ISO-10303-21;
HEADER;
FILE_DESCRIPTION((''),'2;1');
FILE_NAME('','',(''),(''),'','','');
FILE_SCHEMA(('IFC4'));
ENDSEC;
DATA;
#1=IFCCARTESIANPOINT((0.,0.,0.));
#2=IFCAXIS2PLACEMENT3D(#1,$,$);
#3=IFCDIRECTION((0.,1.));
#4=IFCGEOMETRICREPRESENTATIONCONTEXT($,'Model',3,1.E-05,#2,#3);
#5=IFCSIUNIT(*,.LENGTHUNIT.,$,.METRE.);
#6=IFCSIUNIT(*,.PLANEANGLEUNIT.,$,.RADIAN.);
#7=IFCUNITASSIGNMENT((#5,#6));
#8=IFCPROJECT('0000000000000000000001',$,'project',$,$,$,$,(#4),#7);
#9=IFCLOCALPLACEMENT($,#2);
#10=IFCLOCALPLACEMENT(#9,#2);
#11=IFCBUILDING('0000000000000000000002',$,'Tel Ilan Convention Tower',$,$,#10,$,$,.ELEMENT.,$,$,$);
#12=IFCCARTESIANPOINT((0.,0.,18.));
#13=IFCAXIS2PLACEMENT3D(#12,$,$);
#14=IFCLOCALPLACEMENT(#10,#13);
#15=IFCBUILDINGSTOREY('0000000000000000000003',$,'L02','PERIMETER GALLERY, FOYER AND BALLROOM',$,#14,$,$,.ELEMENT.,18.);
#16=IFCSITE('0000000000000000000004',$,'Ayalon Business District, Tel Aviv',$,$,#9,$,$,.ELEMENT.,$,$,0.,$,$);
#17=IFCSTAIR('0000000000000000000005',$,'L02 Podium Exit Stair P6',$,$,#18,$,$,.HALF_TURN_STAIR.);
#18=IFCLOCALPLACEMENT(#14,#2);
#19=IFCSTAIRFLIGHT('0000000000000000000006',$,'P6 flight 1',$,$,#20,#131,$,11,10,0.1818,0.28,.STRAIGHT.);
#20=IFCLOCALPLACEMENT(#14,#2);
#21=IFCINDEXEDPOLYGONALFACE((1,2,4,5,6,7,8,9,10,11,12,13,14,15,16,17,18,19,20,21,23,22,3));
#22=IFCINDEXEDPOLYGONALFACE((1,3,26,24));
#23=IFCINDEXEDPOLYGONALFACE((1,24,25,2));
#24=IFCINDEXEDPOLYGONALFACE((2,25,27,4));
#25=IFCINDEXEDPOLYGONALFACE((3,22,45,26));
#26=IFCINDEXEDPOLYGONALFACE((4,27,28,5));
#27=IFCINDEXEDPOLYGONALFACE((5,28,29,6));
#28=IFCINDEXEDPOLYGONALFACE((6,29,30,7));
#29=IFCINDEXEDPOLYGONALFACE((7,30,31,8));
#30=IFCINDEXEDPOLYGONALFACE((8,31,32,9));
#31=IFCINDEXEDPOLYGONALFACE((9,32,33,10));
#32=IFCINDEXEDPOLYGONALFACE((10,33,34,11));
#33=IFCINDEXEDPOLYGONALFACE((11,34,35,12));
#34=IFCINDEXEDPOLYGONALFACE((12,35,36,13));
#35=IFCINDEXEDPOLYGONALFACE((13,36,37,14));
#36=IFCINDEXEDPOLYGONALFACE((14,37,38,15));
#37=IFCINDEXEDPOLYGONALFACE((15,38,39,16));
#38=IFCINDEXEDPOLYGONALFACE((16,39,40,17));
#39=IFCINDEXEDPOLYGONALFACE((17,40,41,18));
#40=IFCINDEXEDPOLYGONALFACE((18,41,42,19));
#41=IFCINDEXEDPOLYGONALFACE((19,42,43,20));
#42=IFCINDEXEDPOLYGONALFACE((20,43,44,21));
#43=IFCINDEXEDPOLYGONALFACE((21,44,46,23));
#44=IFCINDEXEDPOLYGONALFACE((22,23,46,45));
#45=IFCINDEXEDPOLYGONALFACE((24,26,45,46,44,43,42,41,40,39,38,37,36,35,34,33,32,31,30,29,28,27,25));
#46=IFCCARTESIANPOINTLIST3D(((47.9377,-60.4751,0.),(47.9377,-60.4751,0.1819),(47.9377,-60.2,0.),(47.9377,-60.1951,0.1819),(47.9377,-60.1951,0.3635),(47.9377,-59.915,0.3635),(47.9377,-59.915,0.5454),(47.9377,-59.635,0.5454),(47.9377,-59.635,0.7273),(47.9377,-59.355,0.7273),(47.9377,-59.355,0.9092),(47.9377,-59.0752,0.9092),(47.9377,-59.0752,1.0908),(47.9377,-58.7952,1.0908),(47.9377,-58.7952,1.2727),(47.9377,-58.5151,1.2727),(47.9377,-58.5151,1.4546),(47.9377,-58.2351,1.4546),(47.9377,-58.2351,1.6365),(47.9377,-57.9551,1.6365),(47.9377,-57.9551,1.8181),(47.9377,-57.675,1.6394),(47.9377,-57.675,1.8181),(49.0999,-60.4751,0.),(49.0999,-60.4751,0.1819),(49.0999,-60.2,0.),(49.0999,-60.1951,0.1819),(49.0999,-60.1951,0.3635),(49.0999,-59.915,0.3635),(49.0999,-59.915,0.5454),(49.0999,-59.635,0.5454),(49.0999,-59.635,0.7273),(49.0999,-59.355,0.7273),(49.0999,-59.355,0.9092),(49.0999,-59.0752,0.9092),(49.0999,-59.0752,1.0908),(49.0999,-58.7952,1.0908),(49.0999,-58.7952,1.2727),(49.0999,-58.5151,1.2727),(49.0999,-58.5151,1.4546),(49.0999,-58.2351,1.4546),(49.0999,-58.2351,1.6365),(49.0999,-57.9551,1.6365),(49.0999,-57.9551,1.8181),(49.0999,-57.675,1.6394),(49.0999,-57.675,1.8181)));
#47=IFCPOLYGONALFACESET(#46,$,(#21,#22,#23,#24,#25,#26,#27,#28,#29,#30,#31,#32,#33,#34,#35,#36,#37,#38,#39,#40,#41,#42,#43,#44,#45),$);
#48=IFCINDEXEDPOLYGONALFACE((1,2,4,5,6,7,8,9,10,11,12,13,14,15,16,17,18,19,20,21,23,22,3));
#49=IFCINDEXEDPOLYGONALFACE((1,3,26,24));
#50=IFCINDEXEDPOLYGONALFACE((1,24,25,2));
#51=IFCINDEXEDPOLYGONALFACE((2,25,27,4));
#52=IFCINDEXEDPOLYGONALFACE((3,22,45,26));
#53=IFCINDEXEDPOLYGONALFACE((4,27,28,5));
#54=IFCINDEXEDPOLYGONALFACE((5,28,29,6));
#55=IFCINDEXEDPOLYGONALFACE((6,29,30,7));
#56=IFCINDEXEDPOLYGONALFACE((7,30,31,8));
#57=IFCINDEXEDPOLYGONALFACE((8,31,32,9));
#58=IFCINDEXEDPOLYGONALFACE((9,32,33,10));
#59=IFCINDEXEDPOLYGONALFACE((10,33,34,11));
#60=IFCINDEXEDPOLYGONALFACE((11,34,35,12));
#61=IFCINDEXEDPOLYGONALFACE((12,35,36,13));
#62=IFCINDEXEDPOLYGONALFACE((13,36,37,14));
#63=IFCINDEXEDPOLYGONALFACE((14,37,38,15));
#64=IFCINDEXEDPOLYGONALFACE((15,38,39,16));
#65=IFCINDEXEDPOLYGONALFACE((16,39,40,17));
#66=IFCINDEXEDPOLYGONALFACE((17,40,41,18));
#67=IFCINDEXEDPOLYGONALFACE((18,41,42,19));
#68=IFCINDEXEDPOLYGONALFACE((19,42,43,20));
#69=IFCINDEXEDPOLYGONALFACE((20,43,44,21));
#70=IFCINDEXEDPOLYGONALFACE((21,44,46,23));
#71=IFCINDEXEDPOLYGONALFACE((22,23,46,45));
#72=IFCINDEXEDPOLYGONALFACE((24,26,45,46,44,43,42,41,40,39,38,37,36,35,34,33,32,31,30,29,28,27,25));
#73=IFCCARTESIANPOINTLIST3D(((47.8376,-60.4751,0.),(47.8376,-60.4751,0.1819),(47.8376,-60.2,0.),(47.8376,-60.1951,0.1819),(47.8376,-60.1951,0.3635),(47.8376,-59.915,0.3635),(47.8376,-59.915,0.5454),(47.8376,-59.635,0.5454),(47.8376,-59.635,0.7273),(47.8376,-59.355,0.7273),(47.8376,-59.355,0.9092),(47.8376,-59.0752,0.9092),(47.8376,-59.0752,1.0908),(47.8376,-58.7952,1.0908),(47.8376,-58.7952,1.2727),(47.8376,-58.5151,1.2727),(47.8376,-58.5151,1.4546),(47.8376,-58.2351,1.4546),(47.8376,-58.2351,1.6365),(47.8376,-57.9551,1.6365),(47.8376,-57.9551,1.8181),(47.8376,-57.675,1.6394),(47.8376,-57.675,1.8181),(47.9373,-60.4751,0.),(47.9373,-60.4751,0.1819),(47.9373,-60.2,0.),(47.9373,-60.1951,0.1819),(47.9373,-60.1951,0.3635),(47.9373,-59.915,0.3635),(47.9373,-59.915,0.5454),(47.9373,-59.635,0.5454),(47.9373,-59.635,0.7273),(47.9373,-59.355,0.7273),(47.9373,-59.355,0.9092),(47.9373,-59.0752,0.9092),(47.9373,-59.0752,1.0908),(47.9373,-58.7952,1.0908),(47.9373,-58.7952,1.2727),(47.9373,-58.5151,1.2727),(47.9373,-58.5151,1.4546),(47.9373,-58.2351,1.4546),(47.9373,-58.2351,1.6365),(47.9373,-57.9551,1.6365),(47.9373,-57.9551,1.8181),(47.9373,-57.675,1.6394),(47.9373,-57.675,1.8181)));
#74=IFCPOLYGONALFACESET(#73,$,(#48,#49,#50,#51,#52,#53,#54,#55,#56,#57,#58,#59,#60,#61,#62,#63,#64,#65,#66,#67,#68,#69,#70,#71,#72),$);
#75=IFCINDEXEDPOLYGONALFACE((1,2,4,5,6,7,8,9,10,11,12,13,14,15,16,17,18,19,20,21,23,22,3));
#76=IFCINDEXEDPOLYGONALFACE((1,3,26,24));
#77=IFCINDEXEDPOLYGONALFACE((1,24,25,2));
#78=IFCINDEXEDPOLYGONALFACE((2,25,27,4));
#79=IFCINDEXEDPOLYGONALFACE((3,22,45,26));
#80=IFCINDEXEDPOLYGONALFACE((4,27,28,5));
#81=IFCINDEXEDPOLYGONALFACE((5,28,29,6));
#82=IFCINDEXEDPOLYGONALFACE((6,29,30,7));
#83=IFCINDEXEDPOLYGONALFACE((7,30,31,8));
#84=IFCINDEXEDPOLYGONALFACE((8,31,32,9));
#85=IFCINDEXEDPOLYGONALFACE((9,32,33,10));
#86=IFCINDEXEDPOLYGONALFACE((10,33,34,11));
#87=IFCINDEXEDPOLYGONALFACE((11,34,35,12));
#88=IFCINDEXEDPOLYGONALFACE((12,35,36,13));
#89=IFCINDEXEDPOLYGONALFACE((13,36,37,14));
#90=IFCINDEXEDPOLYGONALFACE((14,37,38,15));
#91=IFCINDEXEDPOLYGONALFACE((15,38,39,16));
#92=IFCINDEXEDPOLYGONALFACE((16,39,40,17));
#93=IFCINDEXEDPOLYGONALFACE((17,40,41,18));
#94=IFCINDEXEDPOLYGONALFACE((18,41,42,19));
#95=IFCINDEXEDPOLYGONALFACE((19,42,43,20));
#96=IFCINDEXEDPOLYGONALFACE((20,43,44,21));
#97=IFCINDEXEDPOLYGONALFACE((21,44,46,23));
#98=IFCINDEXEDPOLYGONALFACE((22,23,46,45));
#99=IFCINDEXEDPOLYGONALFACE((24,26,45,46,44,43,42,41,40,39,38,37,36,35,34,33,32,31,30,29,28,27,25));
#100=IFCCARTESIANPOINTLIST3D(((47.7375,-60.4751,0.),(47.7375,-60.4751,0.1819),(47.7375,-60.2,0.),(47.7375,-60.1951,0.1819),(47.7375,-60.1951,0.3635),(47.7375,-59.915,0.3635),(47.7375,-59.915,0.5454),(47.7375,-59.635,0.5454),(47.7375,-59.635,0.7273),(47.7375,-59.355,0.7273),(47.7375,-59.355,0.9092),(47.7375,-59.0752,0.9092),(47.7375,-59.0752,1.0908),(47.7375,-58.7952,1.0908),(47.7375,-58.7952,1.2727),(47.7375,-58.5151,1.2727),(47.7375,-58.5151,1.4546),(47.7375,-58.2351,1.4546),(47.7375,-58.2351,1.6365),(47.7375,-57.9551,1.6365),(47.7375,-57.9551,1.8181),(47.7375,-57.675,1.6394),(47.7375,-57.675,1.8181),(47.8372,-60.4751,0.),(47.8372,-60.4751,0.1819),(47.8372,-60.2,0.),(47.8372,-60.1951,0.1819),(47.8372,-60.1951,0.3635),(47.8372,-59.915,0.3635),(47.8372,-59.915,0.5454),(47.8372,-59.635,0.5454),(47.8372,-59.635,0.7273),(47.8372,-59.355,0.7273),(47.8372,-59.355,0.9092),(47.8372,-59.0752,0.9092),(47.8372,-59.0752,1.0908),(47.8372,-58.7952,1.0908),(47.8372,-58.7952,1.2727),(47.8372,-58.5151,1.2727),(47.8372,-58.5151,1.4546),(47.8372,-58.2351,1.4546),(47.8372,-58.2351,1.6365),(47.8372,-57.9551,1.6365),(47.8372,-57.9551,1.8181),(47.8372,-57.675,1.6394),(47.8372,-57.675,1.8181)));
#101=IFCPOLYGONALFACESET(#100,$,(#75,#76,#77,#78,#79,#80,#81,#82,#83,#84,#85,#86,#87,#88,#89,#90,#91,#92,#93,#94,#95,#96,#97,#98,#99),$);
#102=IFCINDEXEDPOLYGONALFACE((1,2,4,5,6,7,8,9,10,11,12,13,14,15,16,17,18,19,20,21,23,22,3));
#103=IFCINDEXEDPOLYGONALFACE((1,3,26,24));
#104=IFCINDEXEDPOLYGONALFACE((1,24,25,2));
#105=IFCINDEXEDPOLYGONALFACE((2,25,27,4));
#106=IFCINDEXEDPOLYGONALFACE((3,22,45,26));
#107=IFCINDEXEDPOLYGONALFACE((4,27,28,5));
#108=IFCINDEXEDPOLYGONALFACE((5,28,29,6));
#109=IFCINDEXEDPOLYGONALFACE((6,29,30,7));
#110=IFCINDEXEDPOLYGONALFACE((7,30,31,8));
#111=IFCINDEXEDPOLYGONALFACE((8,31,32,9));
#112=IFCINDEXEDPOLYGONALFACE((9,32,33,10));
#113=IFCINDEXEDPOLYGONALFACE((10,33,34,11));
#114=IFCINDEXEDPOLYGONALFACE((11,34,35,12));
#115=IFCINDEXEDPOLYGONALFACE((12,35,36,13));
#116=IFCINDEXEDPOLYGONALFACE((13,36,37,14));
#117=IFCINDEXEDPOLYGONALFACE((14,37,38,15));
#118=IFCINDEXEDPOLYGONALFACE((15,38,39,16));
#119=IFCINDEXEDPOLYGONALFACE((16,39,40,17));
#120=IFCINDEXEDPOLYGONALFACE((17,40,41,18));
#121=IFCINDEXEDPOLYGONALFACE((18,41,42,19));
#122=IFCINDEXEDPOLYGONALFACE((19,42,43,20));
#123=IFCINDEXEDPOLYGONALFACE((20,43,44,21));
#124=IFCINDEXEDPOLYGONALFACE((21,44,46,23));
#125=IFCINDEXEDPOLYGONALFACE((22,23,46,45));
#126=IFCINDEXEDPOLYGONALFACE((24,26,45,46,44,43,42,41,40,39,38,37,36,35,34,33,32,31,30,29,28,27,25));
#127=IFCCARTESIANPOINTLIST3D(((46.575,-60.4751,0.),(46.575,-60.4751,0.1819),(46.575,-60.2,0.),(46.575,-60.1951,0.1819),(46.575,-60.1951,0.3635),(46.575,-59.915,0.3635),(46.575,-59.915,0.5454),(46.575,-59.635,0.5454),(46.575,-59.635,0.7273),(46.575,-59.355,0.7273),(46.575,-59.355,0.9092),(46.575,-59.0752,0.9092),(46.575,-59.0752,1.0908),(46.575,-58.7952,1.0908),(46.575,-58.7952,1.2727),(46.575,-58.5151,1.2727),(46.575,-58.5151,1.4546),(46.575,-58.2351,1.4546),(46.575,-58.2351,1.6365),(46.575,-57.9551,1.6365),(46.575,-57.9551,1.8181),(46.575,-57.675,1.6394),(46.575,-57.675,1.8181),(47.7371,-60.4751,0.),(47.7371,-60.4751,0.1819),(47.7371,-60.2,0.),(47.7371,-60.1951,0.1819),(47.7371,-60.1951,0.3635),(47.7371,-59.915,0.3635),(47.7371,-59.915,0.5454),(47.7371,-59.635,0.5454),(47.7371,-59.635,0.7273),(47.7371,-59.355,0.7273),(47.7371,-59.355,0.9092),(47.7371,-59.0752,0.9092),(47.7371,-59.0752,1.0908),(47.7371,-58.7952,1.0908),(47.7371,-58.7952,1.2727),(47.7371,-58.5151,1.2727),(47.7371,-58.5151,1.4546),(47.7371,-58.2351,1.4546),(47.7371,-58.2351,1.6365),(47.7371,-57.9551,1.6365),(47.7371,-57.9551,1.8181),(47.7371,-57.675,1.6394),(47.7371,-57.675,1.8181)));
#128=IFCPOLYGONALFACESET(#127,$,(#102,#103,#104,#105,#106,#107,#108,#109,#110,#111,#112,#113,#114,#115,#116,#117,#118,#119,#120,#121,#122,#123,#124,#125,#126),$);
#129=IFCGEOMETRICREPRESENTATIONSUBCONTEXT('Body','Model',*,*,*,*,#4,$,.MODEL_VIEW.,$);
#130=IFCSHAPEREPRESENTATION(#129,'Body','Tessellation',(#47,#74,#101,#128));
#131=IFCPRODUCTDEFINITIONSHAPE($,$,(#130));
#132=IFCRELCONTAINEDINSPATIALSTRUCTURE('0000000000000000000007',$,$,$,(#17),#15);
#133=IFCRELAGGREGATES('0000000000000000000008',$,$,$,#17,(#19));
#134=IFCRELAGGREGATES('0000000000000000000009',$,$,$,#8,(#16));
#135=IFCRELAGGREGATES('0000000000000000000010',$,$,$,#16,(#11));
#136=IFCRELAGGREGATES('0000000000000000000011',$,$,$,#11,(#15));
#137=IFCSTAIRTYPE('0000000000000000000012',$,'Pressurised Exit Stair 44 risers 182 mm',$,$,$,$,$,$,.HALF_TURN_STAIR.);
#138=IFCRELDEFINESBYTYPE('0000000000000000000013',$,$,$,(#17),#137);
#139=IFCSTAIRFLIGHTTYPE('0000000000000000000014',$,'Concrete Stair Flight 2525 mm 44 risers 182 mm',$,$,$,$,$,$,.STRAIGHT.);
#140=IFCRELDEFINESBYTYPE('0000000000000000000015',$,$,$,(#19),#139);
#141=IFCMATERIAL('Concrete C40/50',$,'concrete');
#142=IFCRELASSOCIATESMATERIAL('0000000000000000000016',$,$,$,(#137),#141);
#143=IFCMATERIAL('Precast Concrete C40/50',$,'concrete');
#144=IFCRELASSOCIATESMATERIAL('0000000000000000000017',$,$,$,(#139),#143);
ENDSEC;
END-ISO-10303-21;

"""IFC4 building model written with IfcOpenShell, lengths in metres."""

from ifc_helpers import new_model, si_unit, direction, frame, origin, place, context, subcontext, project, spatial, polyline, outline, extrude, material, type_object, element, aggregate, save


model = new_model("IFC4")

# Units and contexts
model_context = context("Model", 3, precision=1e-05, world=origin(), true_north=direction((0.0, 1.0)))
body_context = subcontext(model_context, "Body", "Model", "MODEL_VIEW")
ifc_project = project(units=[si_unit("LENGTHUNIT", "METRE"), si_unit("PLANEANGLEUNIT", "RADIAN")], contexts=[model_context])

# Site, building, storey
site_placement = place(None, origin())
site = spatial("IfcSite", under=ifc_project, at=site_placement, Name="Ayalon Business District, Tel Aviv", CompositionType="ELEMENT", RefElevation=0.0)
building_placement = place(site_placement, origin())
building = spatial("IfcBuilding", under=site, at=building_placement, Name="Tel Ilan Convention Tower", CompositionType="ELEMENT")
storey_placement = place(building_placement, frame((0.0, 0.0, 18.0)))
storey = spatial("IfcBuildingStorey", under=building, at=storey_placement, Name="L02", Description="PERIMETER GALLERY, FOYER AND BALLROOM", CompositionType="ELEMENT", Elevation=18.0)

# Stair, stair flight
ifc_material_1 = material(Name="Concrete C40/50", Category="concrete")
stair_type = type_object("IfcStairType", Name="Pressurised Exit Stair 44 risers 182 mm", PredefinedType="HALF_TURN_STAIR", material=ifc_material_1)
ifc_material_2 = material(Name="Precast Concrete C40/50", Category="concrete")
stair_flight_type = type_object("IfcStairFlightType", Name="Concrete Stair Flight 2525 mm 44 risers 182 mm", PredefinedType="STRAIGHT", material=ifc_material_2)
stair_1_placement = place(storey_placement, origin())
stair_1 = element("IfcStair", 1, at=stair_1_placement, inside=storey, type_object=stair_type, Name="L02 Podium Exit Stair P6", PredefinedType="HALF_TURN_STAIR")
stair_flight_1_placement = place(storey_placement, frame((47.8374, -60.4751, 0.0), z_axis=(0.0, 0.0, 1.0), x_axis=(0.0, 1.0, 0.0)))
stair_flight_1 = element("IfcStairFlight", 2, at=stair_flight_1_placement, type_object=stair_flight_type, Name="P6 flight 1", NumberOfRisers=11, NumberOfTreads=10, PredefinedType="STRAIGHT", RiserHeight=0.1818, TreadLength=0.28, context=body_context, shape_type="SweptSolid", body=[
    extrude(outline(polyline([(0.0, 0.0), (0.0, 0.1819), (0.28, 0.1819), (0.28, 0.3635), (0.5601, 0.3635), (0.5601, 0.5454), (0.8401, 0.5454), (0.8401, 0.7273), (1.1201, 0.7273), (1.1201, 0.9092), (1.3999, 0.9092), (1.3999, 1.0908), (1.6799, 1.0908), (1.6799, 1.2727), (1.96, 1.2727), (1.96, 1.4546), (2.24, 1.4546), (2.24, 1.6365), (2.52, 1.6365), (2.52, 1.8181), (2.8, 1.8181), (2.8, 2.0), (2.8, 1.6394), (0.2751, 0.0), (0.0, 0.0)])), frame((0.0, -0.1003, 0.0), z_axis=(0.0, -1.0, 0.0), x_axis=(1.0, 0.0, 0.0)), (0.0, 0.0, 1.0), 1.1621),
    extrude(outline(polyline([(0.0, 0.0), (0.0, 0.1819), (0.28, 0.1819), (0.28, 0.3635), (0.5601, 0.3635), (0.5601, 0.5454), (0.8401, 0.5454), (0.8401, 0.7273), (1.1201, 0.7273), (1.1201, 0.9092), (1.3999, 0.9092), (1.3999, 1.0908), (1.6799, 1.0908), (1.6799, 1.2727), (1.96, 1.2727), (1.96, 1.4546), (2.24, 1.4546), (2.24, 1.6365), (2.52, 1.6365), (2.52, 1.8181), (2.8, 1.8181), (2.8, 2.0), (2.8, 1.6394), (0.2751, 0.0), (0.0, 0.0)])), frame((0.0, -0.0002, 0.0), z_axis=(0.0, -1.0, 0.0), x_axis=(1.0, 0.0, 0.0)), (0.0, 0.0, 1.0), 0.0996),
    extrude(outline(polyline([(0.0, 0.0), (0.0, 0.1819), (0.28, 0.1819), (0.28, 0.3635), (0.5601, 0.3635), (0.5601, 0.5454), (0.8401, 0.5454), (0.8401, 0.7273), (1.1201, 0.7273), (1.1201, 0.9092), (1.3999, 0.9092), (1.3999, 1.0908), (1.6799, 1.0908), (1.6799, 1.2727), (1.96, 1.2727), (1.96, 1.4546), (2.24, 1.4546), (2.24, 1.6365), (2.52, 1.6365), (2.52, 1.8181), (2.8, 1.8181), (2.8, 2.0), (2.8, 1.6394), (0.2751, 0.0), (0.0, 0.0)])), frame((0.0, 0.0999, 0.0), z_axis=(0.0, -1.0, 0.0), x_axis=(1.0, 0.0, 0.0)), (0.0, 0.0, 1.0), 0.0996),
    extrude(outline(polyline([(0.0, 0.0), (0.0, 0.1819), (0.28, 0.1819), (0.28, 0.3635), (0.5601, 0.3635), (0.5601, 0.5454), (0.8401, 0.5454), (0.8401, 0.7273), (1.1201, 0.7273), (1.1201, 0.9092), (1.3999, 0.9092), (1.3999, 1.0908), (1.6799, 1.0908), (1.6799, 1.2727), (1.96, 1.2727), (1.96, 1.4546), (2.24, 1.4546), (2.24, 1.6365), (2.52, 1.6365), (2.52, 1.8181), (2.8, 1.8181), (2.8, 2.0), (2.8, 1.6394), (0.2751, 0.0), (0.0, 0.0)])), frame((0.0, 1.2625, 0.0), z_axis=(0.0, -1.0, 0.0), x_axis=(1.0, 0.0, 0.0)), (0.0, 0.0, 1.0), 1.1621),
])
aggregate(stair_1, [stair_flight_1])

save(model, "model.ifc")
